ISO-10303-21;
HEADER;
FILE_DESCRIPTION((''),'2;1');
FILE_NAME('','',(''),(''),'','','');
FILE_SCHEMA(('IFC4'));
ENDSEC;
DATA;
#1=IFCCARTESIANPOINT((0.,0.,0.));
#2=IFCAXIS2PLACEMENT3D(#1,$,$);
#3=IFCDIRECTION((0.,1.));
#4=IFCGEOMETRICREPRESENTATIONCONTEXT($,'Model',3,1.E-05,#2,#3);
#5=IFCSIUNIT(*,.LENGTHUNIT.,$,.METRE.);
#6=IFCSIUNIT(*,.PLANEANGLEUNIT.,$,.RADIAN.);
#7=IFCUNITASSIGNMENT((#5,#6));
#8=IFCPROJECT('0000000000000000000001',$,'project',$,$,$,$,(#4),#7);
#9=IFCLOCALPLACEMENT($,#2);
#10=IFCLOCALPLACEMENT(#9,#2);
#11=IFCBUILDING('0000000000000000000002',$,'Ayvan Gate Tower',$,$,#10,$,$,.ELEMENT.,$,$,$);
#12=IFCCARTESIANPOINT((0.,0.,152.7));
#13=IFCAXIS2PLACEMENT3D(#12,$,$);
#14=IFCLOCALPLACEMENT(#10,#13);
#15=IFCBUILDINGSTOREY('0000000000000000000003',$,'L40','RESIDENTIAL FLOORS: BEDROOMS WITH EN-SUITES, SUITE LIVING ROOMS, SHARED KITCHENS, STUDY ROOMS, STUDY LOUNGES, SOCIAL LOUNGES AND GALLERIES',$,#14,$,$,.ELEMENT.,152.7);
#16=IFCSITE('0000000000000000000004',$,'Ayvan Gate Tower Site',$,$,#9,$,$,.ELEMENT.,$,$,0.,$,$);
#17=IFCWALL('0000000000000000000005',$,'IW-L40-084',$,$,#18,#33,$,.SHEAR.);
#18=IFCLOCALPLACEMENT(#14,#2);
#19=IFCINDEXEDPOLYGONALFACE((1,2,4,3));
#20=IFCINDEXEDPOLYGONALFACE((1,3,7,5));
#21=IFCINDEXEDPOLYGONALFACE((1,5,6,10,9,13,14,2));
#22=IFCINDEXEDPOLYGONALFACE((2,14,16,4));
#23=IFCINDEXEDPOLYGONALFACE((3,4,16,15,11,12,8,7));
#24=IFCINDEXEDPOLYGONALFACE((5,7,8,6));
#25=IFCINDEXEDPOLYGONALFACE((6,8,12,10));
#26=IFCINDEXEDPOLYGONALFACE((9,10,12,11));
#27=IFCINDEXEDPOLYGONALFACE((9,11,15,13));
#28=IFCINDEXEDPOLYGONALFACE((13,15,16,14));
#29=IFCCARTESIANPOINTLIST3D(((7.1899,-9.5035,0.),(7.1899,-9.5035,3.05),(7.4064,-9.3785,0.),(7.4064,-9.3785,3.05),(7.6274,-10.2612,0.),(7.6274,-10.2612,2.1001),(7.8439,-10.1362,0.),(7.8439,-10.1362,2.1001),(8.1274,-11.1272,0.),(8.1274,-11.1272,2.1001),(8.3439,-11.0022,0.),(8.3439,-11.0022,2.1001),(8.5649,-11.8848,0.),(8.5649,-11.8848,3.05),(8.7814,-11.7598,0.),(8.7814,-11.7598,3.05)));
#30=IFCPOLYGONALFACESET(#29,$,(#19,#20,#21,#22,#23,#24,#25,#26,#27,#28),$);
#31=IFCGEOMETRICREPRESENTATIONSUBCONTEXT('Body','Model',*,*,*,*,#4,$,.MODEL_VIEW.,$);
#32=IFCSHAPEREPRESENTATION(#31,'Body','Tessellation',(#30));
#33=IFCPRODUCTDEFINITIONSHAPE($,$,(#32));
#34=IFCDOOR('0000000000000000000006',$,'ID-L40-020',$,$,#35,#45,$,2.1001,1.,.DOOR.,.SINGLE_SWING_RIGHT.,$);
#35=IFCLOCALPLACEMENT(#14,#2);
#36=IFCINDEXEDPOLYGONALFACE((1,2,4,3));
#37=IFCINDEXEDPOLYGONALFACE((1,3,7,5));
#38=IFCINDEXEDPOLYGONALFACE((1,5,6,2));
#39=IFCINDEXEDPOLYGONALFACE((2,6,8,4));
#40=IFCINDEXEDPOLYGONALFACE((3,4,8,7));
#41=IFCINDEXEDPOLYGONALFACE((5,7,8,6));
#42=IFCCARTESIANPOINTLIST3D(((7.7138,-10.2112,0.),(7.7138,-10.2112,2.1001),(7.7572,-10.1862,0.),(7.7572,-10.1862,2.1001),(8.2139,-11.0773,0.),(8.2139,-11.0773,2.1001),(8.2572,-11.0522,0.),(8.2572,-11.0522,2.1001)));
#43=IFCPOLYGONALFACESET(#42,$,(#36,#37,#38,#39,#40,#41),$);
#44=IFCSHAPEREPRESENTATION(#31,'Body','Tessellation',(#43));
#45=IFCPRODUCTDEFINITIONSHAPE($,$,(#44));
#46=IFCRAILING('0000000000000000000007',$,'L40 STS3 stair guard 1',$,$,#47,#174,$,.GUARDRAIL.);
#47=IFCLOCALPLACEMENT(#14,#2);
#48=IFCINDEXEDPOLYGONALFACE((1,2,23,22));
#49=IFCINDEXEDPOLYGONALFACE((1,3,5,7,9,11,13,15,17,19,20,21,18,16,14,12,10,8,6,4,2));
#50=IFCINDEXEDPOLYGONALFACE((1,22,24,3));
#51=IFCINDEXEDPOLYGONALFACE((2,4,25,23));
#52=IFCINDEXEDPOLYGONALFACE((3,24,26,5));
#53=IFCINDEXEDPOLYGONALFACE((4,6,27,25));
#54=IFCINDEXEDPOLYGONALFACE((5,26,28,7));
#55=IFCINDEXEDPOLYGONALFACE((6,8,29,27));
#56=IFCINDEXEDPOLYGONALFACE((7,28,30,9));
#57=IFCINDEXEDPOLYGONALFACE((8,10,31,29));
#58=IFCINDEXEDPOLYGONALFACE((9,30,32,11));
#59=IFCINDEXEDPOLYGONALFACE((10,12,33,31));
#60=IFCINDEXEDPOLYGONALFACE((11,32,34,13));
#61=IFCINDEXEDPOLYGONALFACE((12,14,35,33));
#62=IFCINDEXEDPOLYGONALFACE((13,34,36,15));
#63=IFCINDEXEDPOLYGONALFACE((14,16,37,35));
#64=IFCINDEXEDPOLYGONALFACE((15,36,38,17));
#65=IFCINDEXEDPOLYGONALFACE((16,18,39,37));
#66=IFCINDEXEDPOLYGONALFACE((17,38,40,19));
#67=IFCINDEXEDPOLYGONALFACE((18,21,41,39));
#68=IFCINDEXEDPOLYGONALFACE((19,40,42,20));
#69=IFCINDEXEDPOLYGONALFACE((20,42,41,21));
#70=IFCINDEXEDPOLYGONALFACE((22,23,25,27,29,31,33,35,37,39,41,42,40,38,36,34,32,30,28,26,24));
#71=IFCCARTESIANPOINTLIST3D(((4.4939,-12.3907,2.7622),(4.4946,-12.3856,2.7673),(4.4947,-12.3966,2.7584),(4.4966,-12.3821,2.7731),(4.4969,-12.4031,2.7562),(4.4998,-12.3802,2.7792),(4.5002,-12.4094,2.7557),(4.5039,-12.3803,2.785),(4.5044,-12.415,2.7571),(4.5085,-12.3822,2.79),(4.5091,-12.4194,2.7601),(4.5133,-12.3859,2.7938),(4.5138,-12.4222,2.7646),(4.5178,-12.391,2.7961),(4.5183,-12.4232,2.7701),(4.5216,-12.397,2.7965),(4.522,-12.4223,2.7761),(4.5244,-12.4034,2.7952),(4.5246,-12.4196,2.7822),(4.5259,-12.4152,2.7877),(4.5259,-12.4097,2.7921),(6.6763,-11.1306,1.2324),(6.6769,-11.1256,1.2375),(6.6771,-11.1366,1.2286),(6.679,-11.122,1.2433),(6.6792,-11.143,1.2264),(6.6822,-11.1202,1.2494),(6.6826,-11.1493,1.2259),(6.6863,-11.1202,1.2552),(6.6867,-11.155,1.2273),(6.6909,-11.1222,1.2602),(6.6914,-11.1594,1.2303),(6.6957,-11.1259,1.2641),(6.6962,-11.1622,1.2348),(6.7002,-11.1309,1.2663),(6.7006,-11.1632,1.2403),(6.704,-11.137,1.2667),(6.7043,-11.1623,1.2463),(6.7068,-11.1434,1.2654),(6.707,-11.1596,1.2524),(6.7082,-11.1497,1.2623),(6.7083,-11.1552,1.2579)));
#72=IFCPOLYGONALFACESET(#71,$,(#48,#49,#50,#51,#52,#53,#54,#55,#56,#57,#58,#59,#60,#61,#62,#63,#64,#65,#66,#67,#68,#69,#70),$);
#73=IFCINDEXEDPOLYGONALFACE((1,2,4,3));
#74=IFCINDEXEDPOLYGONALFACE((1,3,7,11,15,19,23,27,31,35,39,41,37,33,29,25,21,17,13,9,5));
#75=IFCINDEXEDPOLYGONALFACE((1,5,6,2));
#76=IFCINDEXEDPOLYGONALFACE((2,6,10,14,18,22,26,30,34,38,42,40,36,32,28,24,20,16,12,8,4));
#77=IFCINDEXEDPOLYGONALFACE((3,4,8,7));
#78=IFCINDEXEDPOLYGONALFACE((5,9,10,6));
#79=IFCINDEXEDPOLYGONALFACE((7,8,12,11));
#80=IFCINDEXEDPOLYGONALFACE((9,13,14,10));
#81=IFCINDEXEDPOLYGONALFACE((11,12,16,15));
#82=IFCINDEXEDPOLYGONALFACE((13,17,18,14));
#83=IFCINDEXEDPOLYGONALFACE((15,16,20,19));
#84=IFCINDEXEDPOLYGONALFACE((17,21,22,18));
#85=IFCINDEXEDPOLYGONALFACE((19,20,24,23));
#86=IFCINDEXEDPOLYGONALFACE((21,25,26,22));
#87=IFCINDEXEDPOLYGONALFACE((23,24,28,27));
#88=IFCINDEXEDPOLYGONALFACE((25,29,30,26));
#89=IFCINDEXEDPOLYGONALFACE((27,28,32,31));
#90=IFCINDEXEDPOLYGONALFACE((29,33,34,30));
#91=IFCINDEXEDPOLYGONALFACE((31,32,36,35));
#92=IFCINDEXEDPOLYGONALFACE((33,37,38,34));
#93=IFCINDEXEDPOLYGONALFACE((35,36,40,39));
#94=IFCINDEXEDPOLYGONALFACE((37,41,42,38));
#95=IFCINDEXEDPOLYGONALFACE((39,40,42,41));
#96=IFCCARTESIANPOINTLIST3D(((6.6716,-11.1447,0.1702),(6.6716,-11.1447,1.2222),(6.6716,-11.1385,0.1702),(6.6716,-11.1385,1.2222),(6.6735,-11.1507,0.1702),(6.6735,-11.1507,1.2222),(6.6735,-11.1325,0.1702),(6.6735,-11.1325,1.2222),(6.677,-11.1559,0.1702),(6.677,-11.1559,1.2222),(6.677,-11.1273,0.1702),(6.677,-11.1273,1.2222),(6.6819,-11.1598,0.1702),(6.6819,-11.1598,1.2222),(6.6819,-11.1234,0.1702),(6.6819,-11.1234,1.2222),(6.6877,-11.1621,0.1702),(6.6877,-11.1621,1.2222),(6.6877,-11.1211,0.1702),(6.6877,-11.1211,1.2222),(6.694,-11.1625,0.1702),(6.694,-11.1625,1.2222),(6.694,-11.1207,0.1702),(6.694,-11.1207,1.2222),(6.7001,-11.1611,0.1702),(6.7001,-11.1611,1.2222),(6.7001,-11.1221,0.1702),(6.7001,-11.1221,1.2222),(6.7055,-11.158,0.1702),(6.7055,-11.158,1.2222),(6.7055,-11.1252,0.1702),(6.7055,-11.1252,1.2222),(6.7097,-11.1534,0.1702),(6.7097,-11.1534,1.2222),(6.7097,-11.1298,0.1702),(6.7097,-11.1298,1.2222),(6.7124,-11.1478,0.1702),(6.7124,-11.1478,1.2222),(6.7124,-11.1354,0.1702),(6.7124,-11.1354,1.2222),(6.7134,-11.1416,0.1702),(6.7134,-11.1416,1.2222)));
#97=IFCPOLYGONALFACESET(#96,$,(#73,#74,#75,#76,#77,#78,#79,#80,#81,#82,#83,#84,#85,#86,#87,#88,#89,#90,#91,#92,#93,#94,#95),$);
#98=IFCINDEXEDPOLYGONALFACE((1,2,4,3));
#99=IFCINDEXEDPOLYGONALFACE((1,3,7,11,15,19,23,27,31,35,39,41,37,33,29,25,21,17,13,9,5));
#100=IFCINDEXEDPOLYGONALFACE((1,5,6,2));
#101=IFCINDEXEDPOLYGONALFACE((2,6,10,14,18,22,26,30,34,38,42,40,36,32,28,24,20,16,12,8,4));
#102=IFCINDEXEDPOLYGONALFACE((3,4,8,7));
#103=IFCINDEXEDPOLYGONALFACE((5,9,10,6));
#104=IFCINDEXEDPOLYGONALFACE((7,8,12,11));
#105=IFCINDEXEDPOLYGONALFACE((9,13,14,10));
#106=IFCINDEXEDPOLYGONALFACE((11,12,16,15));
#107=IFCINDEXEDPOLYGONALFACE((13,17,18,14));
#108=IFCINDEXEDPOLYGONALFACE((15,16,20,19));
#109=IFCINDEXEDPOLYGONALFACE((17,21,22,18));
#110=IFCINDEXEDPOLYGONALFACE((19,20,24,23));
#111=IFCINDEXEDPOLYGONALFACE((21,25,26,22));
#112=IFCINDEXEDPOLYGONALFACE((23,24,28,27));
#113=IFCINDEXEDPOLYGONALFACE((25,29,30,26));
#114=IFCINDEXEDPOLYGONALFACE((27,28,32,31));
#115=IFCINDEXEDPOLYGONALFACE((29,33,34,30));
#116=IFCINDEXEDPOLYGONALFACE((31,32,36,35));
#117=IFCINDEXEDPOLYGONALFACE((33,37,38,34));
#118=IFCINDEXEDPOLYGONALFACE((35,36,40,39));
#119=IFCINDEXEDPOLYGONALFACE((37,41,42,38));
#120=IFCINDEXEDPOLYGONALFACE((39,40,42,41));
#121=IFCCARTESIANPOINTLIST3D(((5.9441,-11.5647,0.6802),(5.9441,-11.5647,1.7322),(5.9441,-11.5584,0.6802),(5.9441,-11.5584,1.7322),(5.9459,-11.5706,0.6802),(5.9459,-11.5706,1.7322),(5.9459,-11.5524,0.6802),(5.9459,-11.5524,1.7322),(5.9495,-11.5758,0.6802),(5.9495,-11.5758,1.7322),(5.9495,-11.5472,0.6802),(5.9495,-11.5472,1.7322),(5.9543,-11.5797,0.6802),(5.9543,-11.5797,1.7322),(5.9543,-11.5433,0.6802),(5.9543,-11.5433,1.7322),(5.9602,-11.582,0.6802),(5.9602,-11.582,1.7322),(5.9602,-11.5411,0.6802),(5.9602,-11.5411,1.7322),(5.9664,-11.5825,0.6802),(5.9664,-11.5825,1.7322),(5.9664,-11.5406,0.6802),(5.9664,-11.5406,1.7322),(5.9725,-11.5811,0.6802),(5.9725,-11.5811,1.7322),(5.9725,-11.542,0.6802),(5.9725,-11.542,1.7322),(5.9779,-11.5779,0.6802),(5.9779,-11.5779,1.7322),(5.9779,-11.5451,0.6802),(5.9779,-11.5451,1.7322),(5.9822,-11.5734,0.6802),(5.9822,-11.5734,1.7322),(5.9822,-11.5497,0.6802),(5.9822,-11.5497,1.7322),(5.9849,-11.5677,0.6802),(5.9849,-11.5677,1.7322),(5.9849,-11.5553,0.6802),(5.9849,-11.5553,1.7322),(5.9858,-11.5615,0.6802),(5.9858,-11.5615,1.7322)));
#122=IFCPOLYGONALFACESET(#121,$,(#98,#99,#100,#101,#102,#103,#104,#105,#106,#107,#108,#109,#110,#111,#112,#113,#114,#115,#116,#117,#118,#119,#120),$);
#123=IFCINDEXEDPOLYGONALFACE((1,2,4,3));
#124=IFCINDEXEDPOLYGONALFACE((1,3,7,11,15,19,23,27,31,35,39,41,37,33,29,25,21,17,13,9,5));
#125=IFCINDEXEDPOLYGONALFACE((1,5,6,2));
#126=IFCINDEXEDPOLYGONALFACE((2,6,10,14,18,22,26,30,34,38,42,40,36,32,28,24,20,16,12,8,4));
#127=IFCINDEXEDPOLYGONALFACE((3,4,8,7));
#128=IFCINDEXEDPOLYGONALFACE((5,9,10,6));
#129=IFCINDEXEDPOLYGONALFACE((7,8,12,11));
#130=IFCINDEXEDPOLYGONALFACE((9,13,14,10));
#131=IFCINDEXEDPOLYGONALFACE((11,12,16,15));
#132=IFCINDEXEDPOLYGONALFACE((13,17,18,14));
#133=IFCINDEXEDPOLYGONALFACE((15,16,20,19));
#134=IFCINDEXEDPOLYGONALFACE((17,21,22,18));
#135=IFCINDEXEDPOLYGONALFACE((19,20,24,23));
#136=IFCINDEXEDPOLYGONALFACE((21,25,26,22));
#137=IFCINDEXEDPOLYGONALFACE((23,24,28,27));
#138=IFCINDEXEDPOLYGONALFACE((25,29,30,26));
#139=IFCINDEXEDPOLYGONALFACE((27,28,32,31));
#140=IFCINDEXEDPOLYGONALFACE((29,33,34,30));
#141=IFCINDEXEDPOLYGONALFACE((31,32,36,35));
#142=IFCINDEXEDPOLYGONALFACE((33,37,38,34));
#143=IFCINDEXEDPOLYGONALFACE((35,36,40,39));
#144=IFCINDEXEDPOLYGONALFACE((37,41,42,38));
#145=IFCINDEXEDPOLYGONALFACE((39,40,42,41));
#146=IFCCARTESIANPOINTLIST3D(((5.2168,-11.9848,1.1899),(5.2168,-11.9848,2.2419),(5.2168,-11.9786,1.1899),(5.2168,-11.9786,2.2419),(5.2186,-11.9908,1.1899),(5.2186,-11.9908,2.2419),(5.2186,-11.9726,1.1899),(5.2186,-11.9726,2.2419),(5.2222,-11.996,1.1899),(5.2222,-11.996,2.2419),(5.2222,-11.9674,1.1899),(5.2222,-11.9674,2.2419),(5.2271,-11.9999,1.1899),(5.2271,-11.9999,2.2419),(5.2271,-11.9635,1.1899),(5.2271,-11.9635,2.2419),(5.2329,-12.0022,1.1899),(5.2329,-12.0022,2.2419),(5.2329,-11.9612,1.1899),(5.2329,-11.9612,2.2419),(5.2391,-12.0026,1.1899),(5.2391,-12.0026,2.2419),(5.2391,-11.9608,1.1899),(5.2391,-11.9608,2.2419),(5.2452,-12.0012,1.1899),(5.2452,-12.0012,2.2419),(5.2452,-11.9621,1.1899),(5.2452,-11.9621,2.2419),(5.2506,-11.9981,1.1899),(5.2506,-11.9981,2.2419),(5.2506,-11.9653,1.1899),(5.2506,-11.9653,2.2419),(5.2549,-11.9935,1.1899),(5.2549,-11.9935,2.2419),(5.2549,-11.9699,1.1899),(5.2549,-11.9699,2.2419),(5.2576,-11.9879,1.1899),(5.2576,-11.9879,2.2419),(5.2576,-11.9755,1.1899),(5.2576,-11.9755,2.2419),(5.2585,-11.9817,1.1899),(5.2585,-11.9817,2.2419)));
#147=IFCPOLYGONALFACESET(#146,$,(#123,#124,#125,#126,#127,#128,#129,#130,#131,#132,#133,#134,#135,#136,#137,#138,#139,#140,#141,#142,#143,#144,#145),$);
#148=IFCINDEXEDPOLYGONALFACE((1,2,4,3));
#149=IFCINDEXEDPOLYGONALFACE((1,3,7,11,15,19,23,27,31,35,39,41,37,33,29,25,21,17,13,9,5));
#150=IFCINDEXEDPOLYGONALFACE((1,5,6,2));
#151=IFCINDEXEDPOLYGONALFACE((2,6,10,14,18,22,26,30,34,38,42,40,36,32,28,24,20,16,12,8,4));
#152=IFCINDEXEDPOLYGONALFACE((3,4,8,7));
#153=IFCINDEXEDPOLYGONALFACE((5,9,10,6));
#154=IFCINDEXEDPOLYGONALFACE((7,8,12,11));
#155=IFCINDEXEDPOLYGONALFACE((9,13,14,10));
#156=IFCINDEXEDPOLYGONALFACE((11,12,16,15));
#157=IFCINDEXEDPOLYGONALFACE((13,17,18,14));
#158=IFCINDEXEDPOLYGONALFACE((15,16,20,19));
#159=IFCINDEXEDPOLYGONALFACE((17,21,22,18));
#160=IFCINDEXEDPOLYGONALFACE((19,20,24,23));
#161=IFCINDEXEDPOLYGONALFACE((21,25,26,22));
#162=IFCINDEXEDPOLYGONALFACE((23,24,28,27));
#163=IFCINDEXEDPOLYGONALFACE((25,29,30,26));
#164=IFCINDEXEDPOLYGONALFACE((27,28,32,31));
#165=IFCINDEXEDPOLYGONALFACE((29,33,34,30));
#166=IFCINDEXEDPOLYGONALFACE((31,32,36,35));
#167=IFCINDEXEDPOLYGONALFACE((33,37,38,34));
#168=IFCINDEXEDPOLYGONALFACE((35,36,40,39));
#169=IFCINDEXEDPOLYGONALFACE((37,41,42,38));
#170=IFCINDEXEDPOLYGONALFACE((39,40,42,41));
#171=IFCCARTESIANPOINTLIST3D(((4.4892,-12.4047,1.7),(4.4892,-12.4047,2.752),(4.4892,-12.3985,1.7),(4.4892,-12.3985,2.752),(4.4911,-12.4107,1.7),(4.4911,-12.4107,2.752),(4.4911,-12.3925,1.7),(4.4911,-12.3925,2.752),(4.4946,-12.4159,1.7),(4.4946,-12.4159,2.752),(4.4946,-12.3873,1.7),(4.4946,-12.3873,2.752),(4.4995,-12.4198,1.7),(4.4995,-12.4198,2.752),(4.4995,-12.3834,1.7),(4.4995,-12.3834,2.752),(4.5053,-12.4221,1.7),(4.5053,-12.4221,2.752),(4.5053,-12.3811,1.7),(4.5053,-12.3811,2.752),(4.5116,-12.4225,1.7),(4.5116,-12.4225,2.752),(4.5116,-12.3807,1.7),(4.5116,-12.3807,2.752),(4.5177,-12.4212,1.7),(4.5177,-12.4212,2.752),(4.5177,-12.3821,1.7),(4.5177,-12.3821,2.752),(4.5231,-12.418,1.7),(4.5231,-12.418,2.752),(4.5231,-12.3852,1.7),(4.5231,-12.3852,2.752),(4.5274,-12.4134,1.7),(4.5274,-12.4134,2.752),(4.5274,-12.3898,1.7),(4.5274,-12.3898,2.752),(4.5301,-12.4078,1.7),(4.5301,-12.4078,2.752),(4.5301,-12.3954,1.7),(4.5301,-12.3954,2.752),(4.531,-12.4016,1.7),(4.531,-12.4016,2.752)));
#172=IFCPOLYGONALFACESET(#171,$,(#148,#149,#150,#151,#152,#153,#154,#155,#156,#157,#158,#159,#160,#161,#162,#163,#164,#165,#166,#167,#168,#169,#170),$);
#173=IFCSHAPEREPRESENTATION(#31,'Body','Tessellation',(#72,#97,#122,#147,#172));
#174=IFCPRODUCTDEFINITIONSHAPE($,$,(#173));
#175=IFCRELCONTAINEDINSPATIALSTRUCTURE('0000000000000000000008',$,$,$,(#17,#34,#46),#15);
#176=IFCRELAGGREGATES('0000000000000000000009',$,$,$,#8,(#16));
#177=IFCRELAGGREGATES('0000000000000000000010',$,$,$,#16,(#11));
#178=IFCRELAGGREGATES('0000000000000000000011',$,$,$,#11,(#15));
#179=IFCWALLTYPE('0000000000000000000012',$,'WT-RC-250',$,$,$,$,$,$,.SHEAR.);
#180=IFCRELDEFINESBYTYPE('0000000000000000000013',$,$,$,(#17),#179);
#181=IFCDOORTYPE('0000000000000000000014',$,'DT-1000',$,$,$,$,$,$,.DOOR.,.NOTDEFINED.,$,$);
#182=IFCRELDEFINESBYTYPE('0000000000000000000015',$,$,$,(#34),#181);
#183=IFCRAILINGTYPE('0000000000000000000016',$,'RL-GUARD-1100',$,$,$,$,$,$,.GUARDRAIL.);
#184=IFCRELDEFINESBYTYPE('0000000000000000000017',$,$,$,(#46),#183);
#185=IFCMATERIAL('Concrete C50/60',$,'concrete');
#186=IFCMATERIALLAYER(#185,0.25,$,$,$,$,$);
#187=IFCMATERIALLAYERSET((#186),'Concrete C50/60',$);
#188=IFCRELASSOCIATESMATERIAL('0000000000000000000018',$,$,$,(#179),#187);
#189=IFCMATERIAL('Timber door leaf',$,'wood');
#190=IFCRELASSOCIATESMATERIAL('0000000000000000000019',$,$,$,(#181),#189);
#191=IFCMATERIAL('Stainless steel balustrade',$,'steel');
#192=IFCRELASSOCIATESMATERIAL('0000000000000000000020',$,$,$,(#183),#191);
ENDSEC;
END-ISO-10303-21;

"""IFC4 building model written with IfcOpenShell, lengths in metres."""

from ifc_helpers import new_model, si_unit, direction, frame, frame_2d, origin, origin_2d, place, context, subcontext, project, spatial, rectangle, circle, extrude, material, layer, layer_set, type_object, element, fill, save


model = new_model("IFC4")

# Units and contexts
model_context = context("Model", 3, precision=1e-05, world=origin(), true_north=direction((0.0, 1.0)))
body_context = subcontext(model_context, "Body", "Model", "MODEL_VIEW")
ifc_project = project(units=[si_unit("LENGTHUNIT", "METRE"), si_unit("PLANEANGLEUNIT", "RADIAN")], contexts=[model_context])

# Site, building, storey
site_placement = place(None, origin())
site = spatial("IfcSite", under=ifc_project, at=site_placement, Name="Ayvan Gate Tower Site", CompositionType="ELEMENT", RefElevation=0.0)
building_placement = place(site_placement, origin())
building = spatial("IfcBuilding", under=site, at=building_placement, Name="Ayvan Gate Tower", CompositionType="ELEMENT")
storey_placement = place(building_placement, frame((0.0, 0.0, 152.7)))
storey = spatial("IfcBuildingStorey", under=building, at=storey_placement, Name="L40", Description="RESIDENTIAL FLOORS: BEDROOMS WITH EN-SUITES, SUITE LIVING ROOMS, SHARED KITCHENS, STUDY ROOMS, STUDY LOUNGES, SOCIAL LOUNGES AND GALLERIES", CompositionType="ELEMENT", Elevation=152.7)

# Shared definitions
ifc_material_1 = material(Name="Timber door leaf", Category="wood")

# Shared definitions
ifc_material_2 = material(Name="Concrete C50/60", Category="concrete")
ifc_layer_1 = layer(ifc_material_2, 0.25)
ifc_layer_set_1 = layer_set([ifc_layer_1], Name="Concrete C50/60")
wall_type_1 = type_object("IfcWallType", Name="WT-RC-250", PredefinedType="SHEAR", material=ifc_layer_set_1)

# Wall, opening, door
wall_1_placement = place(storey_placement, frame((7.2981, -9.4409, 0.0), z_axis=(0.0, 0.0, 1.0), x_axis=(0.500035, -0.866005, 0.0)))
wall_1 = element("IfcWall", 1, at=wall_1_placement, inside=storey, type_object=wall_type_1, Name="IW-L40-084", PredefinedType="SHEAR", context=body_context, shape_type="SweptSolid", body=[
    extrude(rectangle(XDim=2.7498, YDim=0.25, at=frame_2d((1.375, 0.0))), origin(), (0.0, 0.0, 1.0), 3.05),
])
opening_1_placement = place(wall_1_placement, frame((0.875, 0.0, 0.0)))
opening_1 = element("IfcOpeningElement", 2, at=opening_1_placement, cuts=wall_1, PredefinedType="OPENING", context=body_context, shape_type="SweptSolid", body=[
    extrude(rectangle(XDim=1.0, YDim=2.1001, at=frame_2d((0.5, 1.05))), frame((0.0, 0.135, 0.0), z_axis=(0.0, -1.0, 0.0), x_axis=(1.0, 0.0, 0.0)), (0.0, 0.0, 1.0), 0.27),
])
door_type_1 = type_object("IfcDoorType", Name="DT-1000", OperationType="NOTDEFINED", PredefinedType="DOOR", material=ifc_material_1)
door_1_placement = place(opening_1_placement, origin())
door_1 = element("IfcDoor", 3, at=door_1_placement, inside=storey, type_object=door_type_1, Name="ID-L40-020", OperationType="SINGLE_SWING_RIGHT", OverallHeight=2.1001, OverallWidth=1.0, PredefinedType="DOOR", context=body_context, shape_type="SweptSolid", body=[
    extrude(rectangle(XDim=1.0, YDim=2.1001, at=frame_2d((0.5, 1.05))), frame((0.0, 0.0249, 0.0), z_axis=(0.0, -1.0, 0.0), x_axis=(1.0, 0.0, 0.0)), (0.0, 0.0, 1.0), 0.05),
])
fill(opening_1, door_1)

# Railing
ifc_material_3 = material(Name="Stainless steel balustrade", Category="steel")
railing_type_1 = type_object("IfcRailingType", Name="RL-GUARD-1100", PredefinedType="GUARDRAIL", material=ifc_material_3)
railing_1_placement = place(storey_placement, frame((6.6924, -11.1416, 0.1702)))
element("IfcRailing", 4, at=railing_1_placement, inside=storey, type_object=railing_type_1, Name="L40 STS3 stair guard 1", PredefinedType="GUARDRAIL", context=body_context, shape_type="SweptSolid", body=[
    extrude(circle(Radius=0.0239, at=origin_2d()), frame((0.0, 0.0, 1.0762), z_axis=(-0.740293, -0.427414, 0.518926), x_axis=(0.500005, -0.866023, 0.0)), (0.0, 0.0, 1.0), 2.948),
    extrude(circle(Radius=0.021, at=origin_2d()), origin(), (0.0, 0.0, 1.0), 1.052),
    extrude(circle(Radius=0.021, at=origin_2d()), frame((-0.7275, -0.4199, 0.51)), (0.0, 0.0, 1.0), 1.052),
    extrude(circle(Radius=0.021, at=origin_2d()), frame((-1.4548, -0.8401, 1.0198)), (0.0, 0.0, 1.0), 1.052),
    extrude(circle(Radius=0.021, at=origin_2d()), frame((-2.1824, -1.26, 1.5298)), (0.0, 0.0, 1.0), 1.052),
])

save(model, "model.ifc")
